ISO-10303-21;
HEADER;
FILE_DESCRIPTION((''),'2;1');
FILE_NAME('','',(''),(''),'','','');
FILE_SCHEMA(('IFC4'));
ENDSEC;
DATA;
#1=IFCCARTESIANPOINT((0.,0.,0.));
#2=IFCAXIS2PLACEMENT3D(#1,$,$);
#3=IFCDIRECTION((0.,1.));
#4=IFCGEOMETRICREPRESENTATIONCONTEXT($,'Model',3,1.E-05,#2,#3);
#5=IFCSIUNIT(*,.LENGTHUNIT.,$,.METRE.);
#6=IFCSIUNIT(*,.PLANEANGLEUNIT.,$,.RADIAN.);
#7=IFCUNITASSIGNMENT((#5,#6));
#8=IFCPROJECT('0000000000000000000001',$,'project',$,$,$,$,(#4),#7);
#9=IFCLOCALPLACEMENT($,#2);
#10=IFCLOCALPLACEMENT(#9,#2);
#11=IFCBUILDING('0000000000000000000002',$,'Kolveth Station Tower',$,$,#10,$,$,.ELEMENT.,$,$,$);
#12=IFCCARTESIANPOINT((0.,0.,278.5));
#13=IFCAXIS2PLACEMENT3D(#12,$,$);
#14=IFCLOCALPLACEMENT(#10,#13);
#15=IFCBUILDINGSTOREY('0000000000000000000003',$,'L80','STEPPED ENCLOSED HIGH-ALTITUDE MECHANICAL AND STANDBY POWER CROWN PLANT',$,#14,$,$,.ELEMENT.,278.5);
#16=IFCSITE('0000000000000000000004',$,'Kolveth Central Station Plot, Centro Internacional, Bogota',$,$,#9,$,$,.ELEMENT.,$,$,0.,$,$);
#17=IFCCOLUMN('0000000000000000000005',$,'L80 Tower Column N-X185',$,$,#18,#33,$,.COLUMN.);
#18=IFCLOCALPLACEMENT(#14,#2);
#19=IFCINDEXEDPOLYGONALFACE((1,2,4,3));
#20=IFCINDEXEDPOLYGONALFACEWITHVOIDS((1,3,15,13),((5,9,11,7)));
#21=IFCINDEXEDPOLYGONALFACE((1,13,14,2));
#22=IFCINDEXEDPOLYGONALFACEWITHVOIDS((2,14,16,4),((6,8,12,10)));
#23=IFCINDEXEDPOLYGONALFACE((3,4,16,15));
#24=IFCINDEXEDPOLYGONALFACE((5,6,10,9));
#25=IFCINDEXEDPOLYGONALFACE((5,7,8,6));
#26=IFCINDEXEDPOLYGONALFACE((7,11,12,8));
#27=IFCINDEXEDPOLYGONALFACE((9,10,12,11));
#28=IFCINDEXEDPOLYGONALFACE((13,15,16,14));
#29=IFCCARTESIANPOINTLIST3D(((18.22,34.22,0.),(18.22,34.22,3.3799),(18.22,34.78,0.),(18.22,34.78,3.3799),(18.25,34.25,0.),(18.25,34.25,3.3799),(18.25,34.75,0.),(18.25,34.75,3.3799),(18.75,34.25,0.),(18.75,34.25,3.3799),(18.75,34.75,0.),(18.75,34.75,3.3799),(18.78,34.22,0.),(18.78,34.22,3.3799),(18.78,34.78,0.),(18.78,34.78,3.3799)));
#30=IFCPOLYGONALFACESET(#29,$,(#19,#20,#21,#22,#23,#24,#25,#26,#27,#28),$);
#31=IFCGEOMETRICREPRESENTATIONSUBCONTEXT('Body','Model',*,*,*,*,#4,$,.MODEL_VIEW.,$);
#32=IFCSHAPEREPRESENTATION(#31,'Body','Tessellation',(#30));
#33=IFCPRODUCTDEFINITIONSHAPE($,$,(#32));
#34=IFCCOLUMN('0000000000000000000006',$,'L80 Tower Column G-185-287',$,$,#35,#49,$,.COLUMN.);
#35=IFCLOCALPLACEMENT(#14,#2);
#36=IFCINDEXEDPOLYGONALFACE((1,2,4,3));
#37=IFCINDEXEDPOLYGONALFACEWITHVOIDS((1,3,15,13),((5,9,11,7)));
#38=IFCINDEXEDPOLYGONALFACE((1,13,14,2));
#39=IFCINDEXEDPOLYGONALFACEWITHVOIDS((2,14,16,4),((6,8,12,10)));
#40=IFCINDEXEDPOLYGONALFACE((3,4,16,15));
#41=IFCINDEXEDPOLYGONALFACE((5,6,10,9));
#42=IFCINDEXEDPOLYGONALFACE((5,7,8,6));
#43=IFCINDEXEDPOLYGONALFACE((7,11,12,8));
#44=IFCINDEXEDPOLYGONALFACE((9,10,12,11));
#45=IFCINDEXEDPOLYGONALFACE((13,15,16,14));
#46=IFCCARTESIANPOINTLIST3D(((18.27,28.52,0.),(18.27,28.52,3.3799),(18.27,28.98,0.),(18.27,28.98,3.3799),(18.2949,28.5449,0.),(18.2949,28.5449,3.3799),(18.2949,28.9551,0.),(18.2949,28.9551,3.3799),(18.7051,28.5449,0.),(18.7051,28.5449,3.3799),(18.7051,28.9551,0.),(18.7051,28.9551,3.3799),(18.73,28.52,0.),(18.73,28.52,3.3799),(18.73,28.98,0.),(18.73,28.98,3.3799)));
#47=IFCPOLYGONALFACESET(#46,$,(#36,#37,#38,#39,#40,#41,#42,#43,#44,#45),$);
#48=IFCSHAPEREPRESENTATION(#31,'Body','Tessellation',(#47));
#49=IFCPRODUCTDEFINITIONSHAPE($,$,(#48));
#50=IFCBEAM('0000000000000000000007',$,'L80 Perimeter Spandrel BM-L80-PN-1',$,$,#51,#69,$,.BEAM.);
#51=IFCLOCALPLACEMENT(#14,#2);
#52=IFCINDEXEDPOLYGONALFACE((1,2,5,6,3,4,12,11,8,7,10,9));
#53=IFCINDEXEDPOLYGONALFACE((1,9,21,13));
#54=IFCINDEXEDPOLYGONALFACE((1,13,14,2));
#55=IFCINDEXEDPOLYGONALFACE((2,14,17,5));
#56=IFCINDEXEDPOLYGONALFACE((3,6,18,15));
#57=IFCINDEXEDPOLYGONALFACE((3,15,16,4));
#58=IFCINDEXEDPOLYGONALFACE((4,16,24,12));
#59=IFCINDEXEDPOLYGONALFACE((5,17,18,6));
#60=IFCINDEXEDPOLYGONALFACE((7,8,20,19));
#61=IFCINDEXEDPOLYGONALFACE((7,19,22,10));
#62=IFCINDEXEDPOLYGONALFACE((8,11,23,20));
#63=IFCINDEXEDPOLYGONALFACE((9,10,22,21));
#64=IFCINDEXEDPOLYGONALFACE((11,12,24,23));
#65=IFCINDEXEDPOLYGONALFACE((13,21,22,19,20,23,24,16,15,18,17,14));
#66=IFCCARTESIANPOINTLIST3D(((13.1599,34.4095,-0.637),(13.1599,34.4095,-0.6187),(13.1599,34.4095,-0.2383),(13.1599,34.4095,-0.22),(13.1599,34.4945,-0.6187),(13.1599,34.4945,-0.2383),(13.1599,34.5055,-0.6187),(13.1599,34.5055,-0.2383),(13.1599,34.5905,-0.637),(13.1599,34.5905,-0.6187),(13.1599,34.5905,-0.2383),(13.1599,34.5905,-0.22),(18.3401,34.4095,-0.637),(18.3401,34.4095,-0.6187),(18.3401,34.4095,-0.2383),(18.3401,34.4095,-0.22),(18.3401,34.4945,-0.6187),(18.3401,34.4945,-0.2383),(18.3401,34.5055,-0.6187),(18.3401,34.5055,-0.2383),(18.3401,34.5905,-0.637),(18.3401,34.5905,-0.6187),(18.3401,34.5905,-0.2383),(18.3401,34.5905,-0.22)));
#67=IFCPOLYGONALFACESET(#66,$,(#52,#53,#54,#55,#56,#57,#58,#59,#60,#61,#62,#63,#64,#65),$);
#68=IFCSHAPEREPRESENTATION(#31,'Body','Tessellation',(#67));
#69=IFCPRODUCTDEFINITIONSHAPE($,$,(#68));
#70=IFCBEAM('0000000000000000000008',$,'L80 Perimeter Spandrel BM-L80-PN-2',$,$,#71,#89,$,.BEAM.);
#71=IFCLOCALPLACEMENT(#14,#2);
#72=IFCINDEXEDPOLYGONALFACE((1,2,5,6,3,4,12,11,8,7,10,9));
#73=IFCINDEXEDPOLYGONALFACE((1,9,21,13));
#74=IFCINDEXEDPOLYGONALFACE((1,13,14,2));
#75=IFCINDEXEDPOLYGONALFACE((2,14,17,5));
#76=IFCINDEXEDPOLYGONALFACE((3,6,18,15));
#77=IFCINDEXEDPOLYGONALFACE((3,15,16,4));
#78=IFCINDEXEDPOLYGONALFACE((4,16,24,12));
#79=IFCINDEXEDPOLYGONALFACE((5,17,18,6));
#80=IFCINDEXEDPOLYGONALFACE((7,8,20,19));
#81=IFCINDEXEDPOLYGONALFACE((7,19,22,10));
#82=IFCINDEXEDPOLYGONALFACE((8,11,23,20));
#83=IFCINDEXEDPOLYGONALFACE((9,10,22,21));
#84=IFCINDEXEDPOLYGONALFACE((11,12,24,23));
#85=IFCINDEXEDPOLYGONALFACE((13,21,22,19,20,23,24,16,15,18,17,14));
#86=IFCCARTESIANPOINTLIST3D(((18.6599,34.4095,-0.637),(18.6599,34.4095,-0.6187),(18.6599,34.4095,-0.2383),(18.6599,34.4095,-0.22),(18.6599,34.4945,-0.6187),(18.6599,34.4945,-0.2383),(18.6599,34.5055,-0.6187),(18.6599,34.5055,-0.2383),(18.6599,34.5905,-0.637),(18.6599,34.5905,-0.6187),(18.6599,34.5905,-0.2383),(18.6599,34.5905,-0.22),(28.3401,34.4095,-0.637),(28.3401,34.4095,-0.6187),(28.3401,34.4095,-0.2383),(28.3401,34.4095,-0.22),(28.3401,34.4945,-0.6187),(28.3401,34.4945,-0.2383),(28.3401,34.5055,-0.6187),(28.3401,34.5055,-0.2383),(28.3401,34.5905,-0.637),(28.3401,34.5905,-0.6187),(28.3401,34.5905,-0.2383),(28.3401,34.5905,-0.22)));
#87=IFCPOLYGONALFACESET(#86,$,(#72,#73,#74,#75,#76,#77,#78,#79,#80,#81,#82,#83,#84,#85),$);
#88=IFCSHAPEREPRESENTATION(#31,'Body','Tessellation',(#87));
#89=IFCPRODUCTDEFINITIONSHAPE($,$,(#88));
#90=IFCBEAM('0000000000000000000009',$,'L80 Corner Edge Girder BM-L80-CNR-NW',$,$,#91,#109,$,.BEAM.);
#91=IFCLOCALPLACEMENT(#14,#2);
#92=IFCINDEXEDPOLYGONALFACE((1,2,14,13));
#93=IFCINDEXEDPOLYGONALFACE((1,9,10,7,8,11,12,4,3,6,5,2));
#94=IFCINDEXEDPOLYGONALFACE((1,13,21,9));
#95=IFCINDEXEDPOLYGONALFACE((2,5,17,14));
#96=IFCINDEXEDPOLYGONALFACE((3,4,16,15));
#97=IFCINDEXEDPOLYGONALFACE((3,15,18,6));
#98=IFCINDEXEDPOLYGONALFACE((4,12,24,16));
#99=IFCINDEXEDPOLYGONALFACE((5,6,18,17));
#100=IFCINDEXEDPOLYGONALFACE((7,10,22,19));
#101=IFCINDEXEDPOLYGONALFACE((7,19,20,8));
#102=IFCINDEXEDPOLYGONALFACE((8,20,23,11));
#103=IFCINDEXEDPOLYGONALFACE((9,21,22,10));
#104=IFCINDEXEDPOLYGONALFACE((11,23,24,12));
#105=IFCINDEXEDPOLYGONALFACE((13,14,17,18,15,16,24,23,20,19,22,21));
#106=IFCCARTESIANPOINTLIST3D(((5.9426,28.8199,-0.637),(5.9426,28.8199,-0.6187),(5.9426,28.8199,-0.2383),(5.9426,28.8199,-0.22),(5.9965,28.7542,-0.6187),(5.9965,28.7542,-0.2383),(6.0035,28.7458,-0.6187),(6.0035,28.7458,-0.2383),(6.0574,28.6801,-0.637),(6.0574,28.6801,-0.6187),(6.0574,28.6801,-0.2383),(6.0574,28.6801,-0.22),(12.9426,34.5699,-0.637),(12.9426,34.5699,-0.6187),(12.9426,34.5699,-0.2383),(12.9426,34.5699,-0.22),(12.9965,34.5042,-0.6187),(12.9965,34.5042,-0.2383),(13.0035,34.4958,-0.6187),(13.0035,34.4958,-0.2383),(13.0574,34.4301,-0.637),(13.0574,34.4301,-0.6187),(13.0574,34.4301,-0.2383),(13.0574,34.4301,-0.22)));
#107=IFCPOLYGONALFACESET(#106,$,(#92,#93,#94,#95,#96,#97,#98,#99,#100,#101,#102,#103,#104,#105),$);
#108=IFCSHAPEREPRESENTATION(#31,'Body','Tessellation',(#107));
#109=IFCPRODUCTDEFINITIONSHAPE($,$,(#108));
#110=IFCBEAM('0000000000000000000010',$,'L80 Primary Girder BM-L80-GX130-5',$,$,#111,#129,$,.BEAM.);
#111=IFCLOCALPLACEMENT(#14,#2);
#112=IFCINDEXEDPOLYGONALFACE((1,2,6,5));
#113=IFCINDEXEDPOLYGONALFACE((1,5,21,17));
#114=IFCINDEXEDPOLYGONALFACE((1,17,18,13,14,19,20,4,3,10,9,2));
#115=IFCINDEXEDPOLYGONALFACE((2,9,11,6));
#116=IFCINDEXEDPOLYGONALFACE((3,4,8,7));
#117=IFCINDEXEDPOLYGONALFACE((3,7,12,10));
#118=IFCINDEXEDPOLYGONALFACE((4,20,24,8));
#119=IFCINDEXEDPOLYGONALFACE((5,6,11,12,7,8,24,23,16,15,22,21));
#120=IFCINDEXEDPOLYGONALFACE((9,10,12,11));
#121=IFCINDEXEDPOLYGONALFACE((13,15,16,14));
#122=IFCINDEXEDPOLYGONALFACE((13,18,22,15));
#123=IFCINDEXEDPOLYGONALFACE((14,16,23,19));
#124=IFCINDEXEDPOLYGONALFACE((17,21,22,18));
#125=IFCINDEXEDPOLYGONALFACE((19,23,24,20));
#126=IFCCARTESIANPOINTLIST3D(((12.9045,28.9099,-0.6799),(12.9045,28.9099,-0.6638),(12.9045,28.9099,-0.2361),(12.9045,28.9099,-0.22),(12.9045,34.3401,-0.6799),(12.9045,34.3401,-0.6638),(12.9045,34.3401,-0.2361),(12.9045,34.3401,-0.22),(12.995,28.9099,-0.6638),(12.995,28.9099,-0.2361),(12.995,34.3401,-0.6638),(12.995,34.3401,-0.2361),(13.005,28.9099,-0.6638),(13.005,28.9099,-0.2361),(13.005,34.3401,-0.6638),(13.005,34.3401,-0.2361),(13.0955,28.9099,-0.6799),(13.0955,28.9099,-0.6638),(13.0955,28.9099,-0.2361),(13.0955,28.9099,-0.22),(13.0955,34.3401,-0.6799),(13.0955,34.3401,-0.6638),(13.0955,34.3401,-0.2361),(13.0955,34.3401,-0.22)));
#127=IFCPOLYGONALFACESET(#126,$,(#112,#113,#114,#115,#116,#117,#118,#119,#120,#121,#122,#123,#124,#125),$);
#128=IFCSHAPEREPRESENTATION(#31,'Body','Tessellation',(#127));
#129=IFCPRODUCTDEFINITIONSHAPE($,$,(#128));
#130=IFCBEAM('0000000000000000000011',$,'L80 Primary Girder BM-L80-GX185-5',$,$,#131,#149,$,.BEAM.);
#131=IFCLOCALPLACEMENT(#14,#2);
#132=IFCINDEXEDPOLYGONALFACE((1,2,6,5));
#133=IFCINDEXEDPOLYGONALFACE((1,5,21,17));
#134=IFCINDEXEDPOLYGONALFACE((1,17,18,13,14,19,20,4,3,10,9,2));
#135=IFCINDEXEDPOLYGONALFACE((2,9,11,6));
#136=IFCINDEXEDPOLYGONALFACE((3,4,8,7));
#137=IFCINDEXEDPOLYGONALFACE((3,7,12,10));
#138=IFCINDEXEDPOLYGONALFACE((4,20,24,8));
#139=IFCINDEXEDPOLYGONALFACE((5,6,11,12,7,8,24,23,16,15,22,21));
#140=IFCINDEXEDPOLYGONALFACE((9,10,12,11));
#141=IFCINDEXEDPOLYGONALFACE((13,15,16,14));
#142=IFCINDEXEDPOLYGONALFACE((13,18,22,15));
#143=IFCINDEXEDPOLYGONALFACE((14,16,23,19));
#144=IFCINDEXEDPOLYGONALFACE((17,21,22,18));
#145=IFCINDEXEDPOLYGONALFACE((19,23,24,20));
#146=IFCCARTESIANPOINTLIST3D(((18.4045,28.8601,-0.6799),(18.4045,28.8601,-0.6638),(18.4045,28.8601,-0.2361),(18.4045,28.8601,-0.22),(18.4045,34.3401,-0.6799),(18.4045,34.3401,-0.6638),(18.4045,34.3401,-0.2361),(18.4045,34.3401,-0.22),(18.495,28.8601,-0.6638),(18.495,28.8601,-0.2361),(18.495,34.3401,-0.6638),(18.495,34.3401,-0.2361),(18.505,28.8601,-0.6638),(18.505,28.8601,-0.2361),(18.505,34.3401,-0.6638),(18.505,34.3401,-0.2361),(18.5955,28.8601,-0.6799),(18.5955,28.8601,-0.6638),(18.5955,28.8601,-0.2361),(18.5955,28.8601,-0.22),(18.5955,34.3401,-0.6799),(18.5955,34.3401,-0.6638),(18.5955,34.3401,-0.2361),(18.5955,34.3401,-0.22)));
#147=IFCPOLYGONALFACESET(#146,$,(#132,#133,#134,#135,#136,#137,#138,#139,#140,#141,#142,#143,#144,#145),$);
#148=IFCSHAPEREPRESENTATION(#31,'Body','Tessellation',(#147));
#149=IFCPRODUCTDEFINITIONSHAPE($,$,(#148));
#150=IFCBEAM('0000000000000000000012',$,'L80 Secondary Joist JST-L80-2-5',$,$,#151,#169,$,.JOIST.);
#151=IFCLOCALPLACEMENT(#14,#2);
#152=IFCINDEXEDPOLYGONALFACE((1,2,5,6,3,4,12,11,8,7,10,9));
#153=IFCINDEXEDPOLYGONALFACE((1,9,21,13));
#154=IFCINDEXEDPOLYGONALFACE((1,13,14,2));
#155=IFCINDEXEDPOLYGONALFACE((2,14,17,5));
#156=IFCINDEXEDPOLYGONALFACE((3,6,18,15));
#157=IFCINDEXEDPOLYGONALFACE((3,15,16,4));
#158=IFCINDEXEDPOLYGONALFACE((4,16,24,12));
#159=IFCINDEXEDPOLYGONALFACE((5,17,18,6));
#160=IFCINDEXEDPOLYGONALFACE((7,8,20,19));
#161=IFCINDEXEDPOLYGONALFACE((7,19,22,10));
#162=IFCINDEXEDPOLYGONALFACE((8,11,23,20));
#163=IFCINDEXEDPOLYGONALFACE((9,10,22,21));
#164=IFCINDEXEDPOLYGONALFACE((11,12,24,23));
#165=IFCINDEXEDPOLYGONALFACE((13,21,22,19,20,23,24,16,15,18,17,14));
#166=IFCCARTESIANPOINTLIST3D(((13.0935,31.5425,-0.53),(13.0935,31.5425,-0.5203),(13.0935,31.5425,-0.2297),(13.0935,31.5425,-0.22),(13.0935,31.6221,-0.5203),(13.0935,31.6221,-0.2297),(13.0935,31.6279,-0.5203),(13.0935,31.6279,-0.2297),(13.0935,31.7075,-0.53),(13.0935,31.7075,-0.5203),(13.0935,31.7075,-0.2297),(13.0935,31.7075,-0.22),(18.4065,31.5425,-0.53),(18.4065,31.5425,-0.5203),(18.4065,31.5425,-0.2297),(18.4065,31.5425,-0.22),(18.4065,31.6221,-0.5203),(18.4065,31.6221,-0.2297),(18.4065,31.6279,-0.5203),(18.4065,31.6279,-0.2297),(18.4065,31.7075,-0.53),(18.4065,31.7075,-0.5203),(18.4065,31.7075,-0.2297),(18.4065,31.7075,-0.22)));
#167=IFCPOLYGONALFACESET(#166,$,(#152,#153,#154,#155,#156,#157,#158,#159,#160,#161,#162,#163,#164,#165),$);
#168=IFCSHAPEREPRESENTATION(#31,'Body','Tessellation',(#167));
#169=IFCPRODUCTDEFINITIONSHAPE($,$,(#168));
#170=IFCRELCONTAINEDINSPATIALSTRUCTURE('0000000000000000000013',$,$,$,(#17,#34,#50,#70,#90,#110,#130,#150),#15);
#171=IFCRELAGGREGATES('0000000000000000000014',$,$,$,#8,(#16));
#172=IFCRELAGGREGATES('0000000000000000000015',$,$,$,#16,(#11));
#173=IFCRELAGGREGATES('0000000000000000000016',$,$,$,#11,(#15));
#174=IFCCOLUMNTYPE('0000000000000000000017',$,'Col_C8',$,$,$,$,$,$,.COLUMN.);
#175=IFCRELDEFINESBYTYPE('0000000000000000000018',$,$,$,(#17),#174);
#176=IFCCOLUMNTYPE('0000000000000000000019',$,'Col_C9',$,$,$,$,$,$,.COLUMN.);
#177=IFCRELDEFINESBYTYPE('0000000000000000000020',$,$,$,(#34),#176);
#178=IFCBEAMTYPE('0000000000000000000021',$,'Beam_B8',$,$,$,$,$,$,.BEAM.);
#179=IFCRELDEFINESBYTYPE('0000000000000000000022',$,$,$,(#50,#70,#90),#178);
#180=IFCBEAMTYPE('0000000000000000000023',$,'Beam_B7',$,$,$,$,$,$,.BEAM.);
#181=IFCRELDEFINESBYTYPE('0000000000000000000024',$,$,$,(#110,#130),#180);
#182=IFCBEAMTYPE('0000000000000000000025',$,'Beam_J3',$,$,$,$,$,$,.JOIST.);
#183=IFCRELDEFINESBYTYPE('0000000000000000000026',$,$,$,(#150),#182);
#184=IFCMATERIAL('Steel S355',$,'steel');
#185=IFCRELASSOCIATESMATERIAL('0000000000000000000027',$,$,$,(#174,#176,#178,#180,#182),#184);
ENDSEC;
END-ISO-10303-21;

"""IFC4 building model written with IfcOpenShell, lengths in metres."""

from ifc_helpers import new_model, si_unit, direction, frame, origin, origin_2d, place, context, subcontext, project, spatial, hollow_rectangle, i_section, extrude, source, transform, mapped, material, material_profile, profile_set, type_object, element, save


model = new_model("IFC4")

# Units and contexts
model_context = context("Model", 3, precision=1e-05, world=origin(), true_north=direction((0.0, 1.0)))
body_context = subcontext(model_context, "Body", "Model", "MODEL_VIEW")
ifc_project = project(units=[si_unit("LENGTHUNIT", "METRE"), si_unit("PLANEANGLEUNIT", "RADIAN")], contexts=[model_context])

# Site, building, storey
site_placement = place(None, origin())
site = spatial("IfcSite", under=ifc_project, at=site_placement, Name="Kolveth Central Station Plot, Centro Internacional, Bogota", CompositionType="ELEMENT", RefElevation=0.0)
building_placement = place(site_placement, origin())
building = spatial("IfcBuilding", under=site, at=building_placement, Name="Kolveth Station Tower", CompositionType="ELEMENT")
storey_placement = place(building_placement, frame((0.0, 0.0, 278.5)))
storey = spatial("IfcBuildingStorey", under=building, at=storey_placement, Name="L80", Description="STEPPED ENCLOSED HIGH-ALTITUDE MECHANICAL AND STANDBY POWER CROWN PLANT", CompositionType="ELEMENT", Elevation=278.5)

# Columns
ifc_material_1 = material(Name="Steel S355", Category="steel")
ifc_material_profile_1 = material_profile(ifc_material_1, hollow_rectangle(XDim=0.5601, YDim=0.5601, WallThickness=0.03, at=origin_2d()), Name="BOX560x560x30")
ifc_profile_set_1 = profile_set([ifc_material_profile_1], Name="Steel S355")
column_type_1 = type_object("IfcColumnType", Name="Col_C8", PredefinedType="COLUMN", material=ifc_profile_set_1)
shared_shape_1 = source(origin(), body_context, "Body", "SweptSolid", [
    extrude(hollow_rectangle(XDim=0.5601, YDim=0.5601, WallThickness=0.03, at=origin_2d()), origin(), (0.0, 0.0, 1.0), 3.3799),
])
column_1_placement = place(storey_placement, frame((18.5, 34.5, 0.0), z_axis=(0.0, 0.0, 1.0), x_axis=(1.0, 0.0, 0.0)))
element("IfcColumn", 1, at=column_1_placement, inside=storey, type_object=column_type_1, Name="L80 Tower Column N-X185", PredefinedType="COLUMN", context=body_context, shape_type="MappedRepresentation", body=[
    mapped(shared_shape_1, transform((0.0, 0.0, 0.0), x_axis=(1.0, 0.0, 0.0), y_axis=(0.0, 1.0, 0.0), z_axis=(0.0, 0.0, 1.0), scale=1.0)),
])
ifc_material_profile_2 = material_profile(ifc_material_1, hollow_rectangle(XDim=0.46, YDim=0.46, WallThickness=0.0249, at=origin_2d()), Name="BOX460x460x25")
ifc_profile_set_2 = profile_set([ifc_material_profile_2], Name="Steel S355")
column_type_2 = type_object("IfcColumnType", Name="Col_C9", PredefinedType="COLUMN", material=ifc_profile_set_2)
shared_shape_2 = source(origin(), body_context, "Body", "SweptSolid", [
    extrude(hollow_rectangle(XDim=0.46, YDim=0.46, WallThickness=0.0249, at=origin_2d()), origin(), (0.0, 0.0, 1.0), 3.3799),
])
column_2_placement = place(storey_placement, frame((18.5, 28.75, 0.0), z_axis=(0.0, 0.0, 1.0), x_axis=(1.0, 0.0, 0.0)))
element("IfcColumn", 2, at=column_2_placement, inside=storey, type_object=column_type_2, Name="L80 Tower Column G-185-287", PredefinedType="COLUMN", context=body_context, shape_type="MappedRepresentation", body=[
    mapped(shared_shape_2, transform((0.0, 0.0, 0.0), x_axis=(1.0, 0.0, 0.0), y_axis=(0.0, 1.0, 0.0), z_axis=(0.0, 0.0, 1.0), scale=1.0)),
])

# Beams
ifc_material_profile_3 = material_profile(ifc_material_1, i_section(OverallWidth=0.1809, OverallDepth=0.417, WebThickness=0.011, FlangeThickness=0.0183, at=origin_2d()), Name="W410x85")
ifc_profile_set_3 = profile_set([ifc_material_profile_3], Name="Steel S355")
beam_type_1 = type_object("IfcBeamType", Name="Beam_B8", PredefinedType="BEAM", material=ifc_profile_set_3)
shared_shape_3 = source(origin(), body_context, "Body", "SweptSolid", [
    extrude(i_section(OverallWidth=0.1809, OverallDepth=0.417, WebThickness=0.011, FlangeThickness=0.0183, at=origin_2d()), origin(), (0.0, 0.0, 1.0), 5.1802),
])
beam_1_placement = place(storey_placement, frame((13.1599, 34.5, -0.4285), z_axis=(1.0, 0.0, 0.0), x_axis=(0.0, 1.0, 0.0)))
element("IfcBeam", 3, at=beam_1_placement, inside=storey, type_object=beam_type_1, Name="L80 Perimeter Spandrel BM-L80-PN-1", PredefinedType="BEAM", context=body_context, shape_type="MappedRepresentation", body=[
    mapped(shared_shape_3, transform((0.0, 0.0, 0.0), x_axis=(1.0, 0.0, 0.0), y_axis=(0.0, 1.0, 0.0), z_axis=(0.0, 0.0, 1.0), scale=1.0)),
])
shared_shape_4 = source(origin(), body_context, "Body", "SweptSolid", [
    extrude(i_section(OverallWidth=0.1809, OverallDepth=0.417, WebThickness=0.011, FlangeThickness=0.0183, at=origin_2d()), origin(), (0.0, 0.0, 1.0), 9.6802),
])
beam_2_placement = place(storey_placement, frame((18.6599, 34.5, -0.4285), z_axis=(1.0, 0.0, 0.0), x_axis=(0.0, 1.0, 0.0)))
element("IfcBeam", 4, at=beam_2_placement, inside=storey, type_object=beam_type_1, Name="L80 Perimeter Spandrel BM-L80-PN-2", PredefinedType="BEAM", context=body_context, shape_type="MappedRepresentation", body=[
    mapped(shared_shape_4, transform((0.0, 0.0, 0.0), x_axis=(1.0, 0.0, 0.0), y_axis=(0.0, 1.0, 0.0), z_axis=(0.0, 0.0, 1.0), scale=1.0)),
])
shared_shape_5 = source(origin(), body_context, "Body", "SweptSolid", [
    extrude(i_section(OverallWidth=0.1809, OverallDepth=0.417, WebThickness=0.011, FlangeThickness=0.0183, at=origin_2d()), origin(), (0.0, 0.0, 1.0), 9.0588),
])
beam_3_placement = place(storey_placement, frame((13.0, 34.5, -0.4285), z_axis=(-0.772726, -0.634739, 0.0), x_axis=(0.634739, -0.772726, 0.0)))
element("IfcBeam", 5, at=beam_3_placement, inside=storey, type_object=beam_type_1, Name="L80 Corner Edge Girder BM-L80-CNR-NW", PredefinedType="BEAM", context=body_context, shape_type="MappedRepresentation", body=[
    mapped(shared_shape_5, transform((0.0, 0.0, 0.0), x_axis=(1.0, 0.0, 0.0), y_axis=(0.0, 1.0, 0.0), z_axis=(0.0, 0.0, 1.0), scale=1.0)),
])
ifc_material_profile_4 = material_profile(ifc_material_1, i_section(OverallWidth=0.1909, OverallDepth=0.46, WebThickness=0.01, FlangeThickness=0.0161, at=origin_2d()), Name="W460x82")
ifc_profile_set_4 = profile_set([ifc_material_profile_4], Name="Steel S355")
beam_type_2 = type_object("IfcBeamType", Name="Beam_B7", PredefinedType="BEAM", material=ifc_profile_set_4)
shared_shape_6 = source(origin(), body_context, "Body", "SweptSolid", [
    extrude(i_section(OverallWidth=0.1909, OverallDepth=0.46, WebThickness=0.01, FlangeThickness=0.0161, at=origin_2d()), origin(), (0.0, 0.0, 1.0), 5.4302),
])
beam_4_placement = place(storey_placement, frame((13.0, 28.9099, -0.45), z_axis=(0.0, 1.0, 0.0), x_axis=(-1.0, 0.0, 0.0)))
element("IfcBeam", 6, at=beam_4_placement, inside=storey, type_object=beam_type_2, Name="L80 Primary Girder BM-L80-GX130-5", PredefinedType="BEAM", context=body_context, shape_type="MappedRepresentation", body=[
    mapped(shared_shape_6, transform((0.0, 0.0, 0.0), x_axis=(1.0, 0.0, 0.0), y_axis=(0.0, 1.0, 0.0), z_axis=(0.0, 0.0, 1.0), scale=1.0)),
])
shared_shape_7 = source(origin(), body_context, "Body", "SweptSolid", [
    extrude(i_section(OverallWidth=0.1909, OverallDepth=0.46, WebThickness=0.01, FlangeThickness=0.0161, at=origin_2d()), origin(), (0.0, 0.0, 1.0), 5.48),
])
beam_5_placement = place(storey_placement, frame((18.5, 28.8601, -0.45), z_axis=(0.0, 1.0, 0.0), x_axis=(-1.0, 0.0, 0.0)))
element("IfcBeam", 7, at=beam_5_placement, inside=storey, type_object=beam_type_2, Name="L80 Primary Girder BM-L80-GX185-5", PredefinedType="BEAM", context=body_context, shape_type="MappedRepresentation", body=[
    mapped(shared_shape_7, transform((0.0, 0.0, 0.0), x_axis=(1.0, 0.0, 0.0), y_axis=(0.0, 1.0, 0.0), z_axis=(0.0, 0.0, 1.0), scale=1.0)),
])
ifc_material_profile_5 = material_profile(ifc_material_1, i_section(OverallWidth=0.165, OverallDepth=0.3101, WebThickness=0.0059, FlangeThickness=0.0098, at=origin_2d()), Name="W310x39")
ifc_profile_set_5 = profile_set([ifc_material_profile_5], Name="Steel S355")
beam_type_3 = type_object("IfcBeamType", Name="Beam_J3", PredefinedType="JOIST", material=ifc_profile_set_5)
shared_shape_8 = source(origin(), body_context, "Body", "SweptSolid", [
    extrude(i_section(OverallWidth=0.165, OverallDepth=0.3101, WebThickness=0.0059, FlangeThickness=0.0098, at=origin_2d()), origin(), (0.0, 0.0, 1.0), 5.313),
])
beam_6_placement = place(storey_placement, frame((13.0935, 31.625, -0.375), z_axis=(1.0, 0.0, 0.0), x_axis=(0.0, 1.0, 0.0)))
element("IfcBeam", 8, at=beam_6_placement, inside=storey, type_object=beam_type_3, Name="L80 Secondary Joist JST-L80-2-5", PredefinedType="JOIST", context=body_context, shape_type="MappedRepresentation", body=[
    mapped(shared_shape_8, transform((0.0, 0.0, 0.0), x_axis=(1.0, 0.0, 0.0), y_axis=(0.0, 1.0, 0.0), z_axis=(0.0, 0.0, 1.0), scale=1.0)),
])

save(model, "model.ifc")
